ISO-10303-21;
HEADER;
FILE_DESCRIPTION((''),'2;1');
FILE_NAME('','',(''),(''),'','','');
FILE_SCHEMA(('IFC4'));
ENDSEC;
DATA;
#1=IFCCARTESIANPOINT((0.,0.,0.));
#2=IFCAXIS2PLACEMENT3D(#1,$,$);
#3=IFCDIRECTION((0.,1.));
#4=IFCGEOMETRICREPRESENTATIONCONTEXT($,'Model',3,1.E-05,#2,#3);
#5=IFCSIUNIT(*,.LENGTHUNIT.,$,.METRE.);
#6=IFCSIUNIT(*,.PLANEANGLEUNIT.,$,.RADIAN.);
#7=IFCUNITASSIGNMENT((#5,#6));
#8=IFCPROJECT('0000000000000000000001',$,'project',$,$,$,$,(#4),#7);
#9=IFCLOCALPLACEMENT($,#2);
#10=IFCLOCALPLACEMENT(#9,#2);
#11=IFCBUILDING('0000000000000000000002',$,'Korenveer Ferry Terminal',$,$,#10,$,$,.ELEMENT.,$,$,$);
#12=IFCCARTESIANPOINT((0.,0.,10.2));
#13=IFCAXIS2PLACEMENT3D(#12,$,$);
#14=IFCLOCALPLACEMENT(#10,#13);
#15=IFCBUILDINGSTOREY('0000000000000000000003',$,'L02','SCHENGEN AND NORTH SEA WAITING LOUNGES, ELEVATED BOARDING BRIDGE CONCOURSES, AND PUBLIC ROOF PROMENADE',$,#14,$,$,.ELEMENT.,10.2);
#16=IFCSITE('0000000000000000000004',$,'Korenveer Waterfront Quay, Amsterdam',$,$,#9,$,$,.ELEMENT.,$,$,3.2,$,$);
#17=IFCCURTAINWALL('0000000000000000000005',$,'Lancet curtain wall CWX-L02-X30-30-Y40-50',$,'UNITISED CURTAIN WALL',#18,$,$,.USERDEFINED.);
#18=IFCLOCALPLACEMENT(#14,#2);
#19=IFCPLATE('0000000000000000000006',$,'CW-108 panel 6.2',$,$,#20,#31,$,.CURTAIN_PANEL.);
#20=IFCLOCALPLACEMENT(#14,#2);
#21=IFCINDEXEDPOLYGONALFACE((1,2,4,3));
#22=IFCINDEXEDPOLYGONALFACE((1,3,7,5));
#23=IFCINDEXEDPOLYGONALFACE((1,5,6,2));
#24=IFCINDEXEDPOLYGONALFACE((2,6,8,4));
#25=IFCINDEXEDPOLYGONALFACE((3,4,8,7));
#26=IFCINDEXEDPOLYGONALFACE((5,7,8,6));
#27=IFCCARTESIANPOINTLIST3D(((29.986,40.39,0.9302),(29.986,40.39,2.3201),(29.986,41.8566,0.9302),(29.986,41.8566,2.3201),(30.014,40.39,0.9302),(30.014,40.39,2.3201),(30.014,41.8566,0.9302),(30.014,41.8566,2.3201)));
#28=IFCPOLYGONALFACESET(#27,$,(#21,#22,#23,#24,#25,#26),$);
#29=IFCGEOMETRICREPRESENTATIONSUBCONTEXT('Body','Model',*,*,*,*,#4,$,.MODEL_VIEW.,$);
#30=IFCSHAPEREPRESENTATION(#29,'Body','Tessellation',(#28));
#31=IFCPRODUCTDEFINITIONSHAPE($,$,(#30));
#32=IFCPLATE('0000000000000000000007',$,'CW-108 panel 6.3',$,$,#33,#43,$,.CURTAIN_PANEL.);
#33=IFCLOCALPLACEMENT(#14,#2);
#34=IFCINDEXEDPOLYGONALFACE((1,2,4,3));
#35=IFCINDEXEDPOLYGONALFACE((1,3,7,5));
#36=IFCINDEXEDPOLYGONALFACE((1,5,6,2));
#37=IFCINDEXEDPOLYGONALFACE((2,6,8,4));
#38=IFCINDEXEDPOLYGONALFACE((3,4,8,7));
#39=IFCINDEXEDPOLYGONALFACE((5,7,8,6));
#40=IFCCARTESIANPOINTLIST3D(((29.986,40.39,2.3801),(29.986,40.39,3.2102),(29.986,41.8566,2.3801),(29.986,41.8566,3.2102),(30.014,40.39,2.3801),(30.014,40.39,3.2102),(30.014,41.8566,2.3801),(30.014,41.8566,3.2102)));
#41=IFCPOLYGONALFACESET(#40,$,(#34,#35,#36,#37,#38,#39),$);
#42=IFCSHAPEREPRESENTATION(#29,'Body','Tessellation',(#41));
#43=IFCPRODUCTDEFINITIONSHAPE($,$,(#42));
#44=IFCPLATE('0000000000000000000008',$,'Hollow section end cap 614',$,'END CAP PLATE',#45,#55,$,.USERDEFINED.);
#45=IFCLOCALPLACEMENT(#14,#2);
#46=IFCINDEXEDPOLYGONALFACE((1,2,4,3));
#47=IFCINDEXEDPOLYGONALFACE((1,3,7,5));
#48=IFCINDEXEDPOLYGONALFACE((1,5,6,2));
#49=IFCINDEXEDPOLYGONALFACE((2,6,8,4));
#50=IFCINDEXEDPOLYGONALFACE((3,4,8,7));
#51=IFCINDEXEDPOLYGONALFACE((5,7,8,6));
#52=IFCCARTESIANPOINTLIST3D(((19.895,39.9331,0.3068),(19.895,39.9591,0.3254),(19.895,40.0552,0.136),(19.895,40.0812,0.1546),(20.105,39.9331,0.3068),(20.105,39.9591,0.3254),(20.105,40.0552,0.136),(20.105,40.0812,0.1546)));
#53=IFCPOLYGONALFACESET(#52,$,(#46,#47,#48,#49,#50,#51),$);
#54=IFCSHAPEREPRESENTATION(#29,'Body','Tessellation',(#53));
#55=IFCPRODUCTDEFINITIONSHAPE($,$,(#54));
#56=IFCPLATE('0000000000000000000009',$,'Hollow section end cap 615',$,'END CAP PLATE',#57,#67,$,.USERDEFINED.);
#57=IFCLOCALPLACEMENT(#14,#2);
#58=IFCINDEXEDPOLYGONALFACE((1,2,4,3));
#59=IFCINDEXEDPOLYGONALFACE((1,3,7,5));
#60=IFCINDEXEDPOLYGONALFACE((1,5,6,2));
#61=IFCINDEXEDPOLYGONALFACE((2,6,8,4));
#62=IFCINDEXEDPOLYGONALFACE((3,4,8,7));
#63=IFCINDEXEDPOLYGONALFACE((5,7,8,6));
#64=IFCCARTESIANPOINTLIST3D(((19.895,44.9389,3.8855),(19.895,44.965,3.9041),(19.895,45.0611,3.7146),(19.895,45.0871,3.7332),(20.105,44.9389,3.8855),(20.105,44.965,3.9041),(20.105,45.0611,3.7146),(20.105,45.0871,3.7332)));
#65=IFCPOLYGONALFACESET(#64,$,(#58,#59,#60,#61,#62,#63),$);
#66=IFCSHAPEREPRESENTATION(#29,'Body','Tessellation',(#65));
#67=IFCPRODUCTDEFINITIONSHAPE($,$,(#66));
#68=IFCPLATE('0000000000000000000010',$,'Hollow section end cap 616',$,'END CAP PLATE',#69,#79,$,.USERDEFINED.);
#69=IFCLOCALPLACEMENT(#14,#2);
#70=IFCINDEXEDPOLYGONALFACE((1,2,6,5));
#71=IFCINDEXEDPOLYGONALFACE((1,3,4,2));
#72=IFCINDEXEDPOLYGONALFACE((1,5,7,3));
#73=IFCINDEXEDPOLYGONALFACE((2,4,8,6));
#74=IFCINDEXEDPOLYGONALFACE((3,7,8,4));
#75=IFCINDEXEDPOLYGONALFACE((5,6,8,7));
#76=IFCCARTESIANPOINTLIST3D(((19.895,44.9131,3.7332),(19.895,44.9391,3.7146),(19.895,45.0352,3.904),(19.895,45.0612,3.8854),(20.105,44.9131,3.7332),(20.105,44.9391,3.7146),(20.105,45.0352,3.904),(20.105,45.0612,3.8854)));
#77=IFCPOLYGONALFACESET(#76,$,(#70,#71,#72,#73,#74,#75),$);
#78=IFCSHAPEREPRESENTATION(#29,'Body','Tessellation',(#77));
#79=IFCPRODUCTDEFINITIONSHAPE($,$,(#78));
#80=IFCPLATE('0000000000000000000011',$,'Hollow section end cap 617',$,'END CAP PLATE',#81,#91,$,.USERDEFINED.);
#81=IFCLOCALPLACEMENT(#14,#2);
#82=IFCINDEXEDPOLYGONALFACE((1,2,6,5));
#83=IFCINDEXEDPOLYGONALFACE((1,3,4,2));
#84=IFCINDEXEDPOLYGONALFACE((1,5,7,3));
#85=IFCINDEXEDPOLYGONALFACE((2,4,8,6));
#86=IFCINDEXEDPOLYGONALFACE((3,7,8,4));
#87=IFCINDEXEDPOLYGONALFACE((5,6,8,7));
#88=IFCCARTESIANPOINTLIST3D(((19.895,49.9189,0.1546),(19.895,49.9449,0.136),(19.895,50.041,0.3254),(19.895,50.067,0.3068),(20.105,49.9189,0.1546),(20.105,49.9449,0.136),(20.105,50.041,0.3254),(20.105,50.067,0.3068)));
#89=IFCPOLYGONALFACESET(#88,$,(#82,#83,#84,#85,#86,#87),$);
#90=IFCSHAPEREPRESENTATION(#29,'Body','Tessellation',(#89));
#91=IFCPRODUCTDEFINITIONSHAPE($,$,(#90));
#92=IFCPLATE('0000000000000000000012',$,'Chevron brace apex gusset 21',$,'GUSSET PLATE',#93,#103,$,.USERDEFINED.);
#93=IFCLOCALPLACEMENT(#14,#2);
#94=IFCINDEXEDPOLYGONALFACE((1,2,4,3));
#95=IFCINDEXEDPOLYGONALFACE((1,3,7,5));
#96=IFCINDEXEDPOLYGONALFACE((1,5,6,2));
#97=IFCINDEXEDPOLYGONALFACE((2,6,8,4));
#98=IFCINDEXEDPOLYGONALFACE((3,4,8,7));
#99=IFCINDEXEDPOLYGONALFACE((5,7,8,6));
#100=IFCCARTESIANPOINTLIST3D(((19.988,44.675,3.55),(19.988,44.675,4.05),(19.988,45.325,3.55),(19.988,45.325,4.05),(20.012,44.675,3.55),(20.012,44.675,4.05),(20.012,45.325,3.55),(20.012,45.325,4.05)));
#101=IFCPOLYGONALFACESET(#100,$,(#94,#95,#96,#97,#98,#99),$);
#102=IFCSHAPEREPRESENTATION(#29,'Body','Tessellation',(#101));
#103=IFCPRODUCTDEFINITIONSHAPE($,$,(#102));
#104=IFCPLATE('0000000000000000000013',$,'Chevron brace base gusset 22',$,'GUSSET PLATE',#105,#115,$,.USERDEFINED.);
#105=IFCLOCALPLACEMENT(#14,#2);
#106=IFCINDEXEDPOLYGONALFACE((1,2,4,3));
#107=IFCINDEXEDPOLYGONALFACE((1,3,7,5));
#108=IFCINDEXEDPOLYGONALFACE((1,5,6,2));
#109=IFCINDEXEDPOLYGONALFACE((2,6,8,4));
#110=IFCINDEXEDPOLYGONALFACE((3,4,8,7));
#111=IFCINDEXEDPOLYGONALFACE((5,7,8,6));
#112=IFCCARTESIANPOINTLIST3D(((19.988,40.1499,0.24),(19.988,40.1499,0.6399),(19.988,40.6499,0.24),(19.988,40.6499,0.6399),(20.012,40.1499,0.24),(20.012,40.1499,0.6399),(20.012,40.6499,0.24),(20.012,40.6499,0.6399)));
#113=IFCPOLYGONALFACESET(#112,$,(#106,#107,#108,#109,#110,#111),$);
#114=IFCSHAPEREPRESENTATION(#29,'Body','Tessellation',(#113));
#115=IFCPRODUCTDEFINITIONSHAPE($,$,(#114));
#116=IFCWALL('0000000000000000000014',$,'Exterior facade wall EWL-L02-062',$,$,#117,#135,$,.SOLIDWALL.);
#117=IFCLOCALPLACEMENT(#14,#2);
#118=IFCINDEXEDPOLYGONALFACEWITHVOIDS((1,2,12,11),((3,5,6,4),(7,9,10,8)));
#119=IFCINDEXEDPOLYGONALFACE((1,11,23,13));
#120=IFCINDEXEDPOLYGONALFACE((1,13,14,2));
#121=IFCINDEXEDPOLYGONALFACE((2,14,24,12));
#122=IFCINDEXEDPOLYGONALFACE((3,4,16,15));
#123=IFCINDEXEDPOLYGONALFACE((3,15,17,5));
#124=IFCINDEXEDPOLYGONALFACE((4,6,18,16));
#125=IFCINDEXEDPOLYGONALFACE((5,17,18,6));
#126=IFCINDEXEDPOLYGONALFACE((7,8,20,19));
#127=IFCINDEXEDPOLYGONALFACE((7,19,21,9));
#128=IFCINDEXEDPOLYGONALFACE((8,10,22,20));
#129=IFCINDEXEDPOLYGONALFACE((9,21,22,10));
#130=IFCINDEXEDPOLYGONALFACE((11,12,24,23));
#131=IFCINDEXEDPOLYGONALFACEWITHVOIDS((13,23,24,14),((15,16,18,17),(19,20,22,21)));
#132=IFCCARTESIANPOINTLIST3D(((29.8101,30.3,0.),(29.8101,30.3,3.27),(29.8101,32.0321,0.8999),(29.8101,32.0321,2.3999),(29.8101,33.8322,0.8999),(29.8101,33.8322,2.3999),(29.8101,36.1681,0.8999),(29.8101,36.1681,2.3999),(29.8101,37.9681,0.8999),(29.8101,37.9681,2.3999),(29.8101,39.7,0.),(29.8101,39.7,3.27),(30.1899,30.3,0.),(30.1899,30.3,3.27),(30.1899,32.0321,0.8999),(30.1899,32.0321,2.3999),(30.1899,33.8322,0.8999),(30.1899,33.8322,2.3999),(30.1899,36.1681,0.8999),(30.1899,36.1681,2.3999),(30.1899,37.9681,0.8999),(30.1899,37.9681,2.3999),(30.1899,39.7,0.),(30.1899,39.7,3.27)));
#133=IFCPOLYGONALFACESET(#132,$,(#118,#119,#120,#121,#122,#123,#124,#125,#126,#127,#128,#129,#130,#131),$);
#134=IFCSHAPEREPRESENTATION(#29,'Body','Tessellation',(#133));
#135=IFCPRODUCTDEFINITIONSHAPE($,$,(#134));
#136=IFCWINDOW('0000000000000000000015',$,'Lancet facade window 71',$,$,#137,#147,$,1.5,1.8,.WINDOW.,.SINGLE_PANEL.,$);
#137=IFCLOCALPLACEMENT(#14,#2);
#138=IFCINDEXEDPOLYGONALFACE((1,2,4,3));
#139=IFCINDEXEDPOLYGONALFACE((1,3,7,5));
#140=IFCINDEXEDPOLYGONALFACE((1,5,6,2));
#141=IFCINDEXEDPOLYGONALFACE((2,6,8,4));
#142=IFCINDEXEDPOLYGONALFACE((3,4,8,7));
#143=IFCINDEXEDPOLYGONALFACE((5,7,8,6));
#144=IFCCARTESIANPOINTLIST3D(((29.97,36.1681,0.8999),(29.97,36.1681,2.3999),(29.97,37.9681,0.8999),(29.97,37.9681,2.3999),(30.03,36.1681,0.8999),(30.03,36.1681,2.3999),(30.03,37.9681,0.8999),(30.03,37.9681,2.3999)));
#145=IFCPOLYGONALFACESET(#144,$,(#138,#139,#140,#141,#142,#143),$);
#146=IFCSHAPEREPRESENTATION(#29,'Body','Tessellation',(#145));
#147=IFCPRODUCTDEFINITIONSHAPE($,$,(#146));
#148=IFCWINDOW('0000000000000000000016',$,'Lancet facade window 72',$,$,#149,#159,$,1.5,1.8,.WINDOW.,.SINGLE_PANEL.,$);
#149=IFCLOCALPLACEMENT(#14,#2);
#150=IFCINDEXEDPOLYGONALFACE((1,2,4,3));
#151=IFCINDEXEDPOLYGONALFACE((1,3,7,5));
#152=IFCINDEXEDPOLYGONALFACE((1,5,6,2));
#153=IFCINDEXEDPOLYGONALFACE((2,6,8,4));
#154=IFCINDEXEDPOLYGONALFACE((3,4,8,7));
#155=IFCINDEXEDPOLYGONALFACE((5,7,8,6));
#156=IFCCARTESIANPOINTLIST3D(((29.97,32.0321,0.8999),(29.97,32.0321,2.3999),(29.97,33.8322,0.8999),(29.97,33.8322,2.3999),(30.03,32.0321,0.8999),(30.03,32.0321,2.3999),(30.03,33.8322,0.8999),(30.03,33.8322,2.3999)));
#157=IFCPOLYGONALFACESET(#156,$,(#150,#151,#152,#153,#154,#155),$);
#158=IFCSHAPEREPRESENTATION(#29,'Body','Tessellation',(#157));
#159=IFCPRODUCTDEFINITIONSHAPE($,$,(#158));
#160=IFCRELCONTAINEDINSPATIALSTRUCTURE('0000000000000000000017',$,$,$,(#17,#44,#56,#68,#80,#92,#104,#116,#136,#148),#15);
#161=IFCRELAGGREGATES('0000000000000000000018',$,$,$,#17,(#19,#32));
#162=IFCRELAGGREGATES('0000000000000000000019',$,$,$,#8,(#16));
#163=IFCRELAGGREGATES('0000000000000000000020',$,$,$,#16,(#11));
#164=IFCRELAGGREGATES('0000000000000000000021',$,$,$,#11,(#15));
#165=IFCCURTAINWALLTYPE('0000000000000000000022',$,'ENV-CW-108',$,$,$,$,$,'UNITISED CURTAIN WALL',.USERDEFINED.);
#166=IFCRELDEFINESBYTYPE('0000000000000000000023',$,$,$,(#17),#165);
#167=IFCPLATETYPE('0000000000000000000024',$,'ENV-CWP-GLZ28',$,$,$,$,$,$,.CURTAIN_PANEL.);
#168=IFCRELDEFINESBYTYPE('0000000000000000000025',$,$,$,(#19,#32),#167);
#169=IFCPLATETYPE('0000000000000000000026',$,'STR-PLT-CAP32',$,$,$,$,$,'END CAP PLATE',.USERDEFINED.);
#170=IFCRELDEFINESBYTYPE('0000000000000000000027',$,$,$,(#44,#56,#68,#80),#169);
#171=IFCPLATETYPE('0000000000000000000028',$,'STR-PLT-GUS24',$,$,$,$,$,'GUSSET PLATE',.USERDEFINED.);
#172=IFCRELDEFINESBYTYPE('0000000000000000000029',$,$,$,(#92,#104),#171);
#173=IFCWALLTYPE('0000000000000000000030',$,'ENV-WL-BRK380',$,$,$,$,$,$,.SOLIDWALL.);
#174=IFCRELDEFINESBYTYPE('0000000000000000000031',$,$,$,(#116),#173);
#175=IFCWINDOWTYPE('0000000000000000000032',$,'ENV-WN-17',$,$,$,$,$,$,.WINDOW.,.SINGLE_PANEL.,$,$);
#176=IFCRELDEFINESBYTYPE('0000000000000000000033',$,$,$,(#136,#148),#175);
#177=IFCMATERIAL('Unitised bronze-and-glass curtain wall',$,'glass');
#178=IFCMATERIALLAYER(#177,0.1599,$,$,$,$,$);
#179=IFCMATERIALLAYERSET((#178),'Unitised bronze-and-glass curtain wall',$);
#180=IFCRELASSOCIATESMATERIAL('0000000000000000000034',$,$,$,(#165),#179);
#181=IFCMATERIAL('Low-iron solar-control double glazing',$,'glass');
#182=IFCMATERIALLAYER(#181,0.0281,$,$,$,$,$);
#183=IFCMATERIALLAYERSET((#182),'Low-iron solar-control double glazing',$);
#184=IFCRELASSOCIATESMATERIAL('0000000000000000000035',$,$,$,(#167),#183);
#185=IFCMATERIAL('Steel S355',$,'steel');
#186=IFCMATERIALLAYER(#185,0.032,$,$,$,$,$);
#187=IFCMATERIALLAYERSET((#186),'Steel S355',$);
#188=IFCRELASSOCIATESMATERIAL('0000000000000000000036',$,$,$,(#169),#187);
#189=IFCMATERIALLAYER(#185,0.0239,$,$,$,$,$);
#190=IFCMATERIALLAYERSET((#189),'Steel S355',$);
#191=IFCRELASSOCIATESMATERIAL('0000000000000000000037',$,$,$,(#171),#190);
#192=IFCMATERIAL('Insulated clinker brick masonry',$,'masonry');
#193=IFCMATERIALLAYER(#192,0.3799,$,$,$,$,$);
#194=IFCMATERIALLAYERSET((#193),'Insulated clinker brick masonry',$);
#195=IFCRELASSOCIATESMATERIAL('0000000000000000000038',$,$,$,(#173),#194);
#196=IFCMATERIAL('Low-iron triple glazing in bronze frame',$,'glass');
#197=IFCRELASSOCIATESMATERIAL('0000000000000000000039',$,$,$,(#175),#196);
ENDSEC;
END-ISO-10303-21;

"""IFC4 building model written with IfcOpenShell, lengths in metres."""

from ifc_helpers import new_model, si_unit, direction, frame, frame_2d, origin, origin_2d, place, context, subcontext, project, spatial, rectangle, extrude, material, layer, layer_set, type_object, element, fill, aggregate, save


model = new_model("IFC4")

# Units and contexts
model_context = context("Model", 3, precision=1e-05, world=origin(), true_north=direction((0.0, 1.0)))
body_context = subcontext(model_context, "Body", "Model", "MODEL_VIEW")
ifc_project = project(units=[si_unit("LENGTHUNIT", "METRE"), si_unit("PLANEANGLEUNIT", "RADIAN")], contexts=[model_context])

# Site, building, storey
site_placement = place(None, origin())
site = spatial("IfcSite", under=ifc_project, at=site_placement, Name="Korenveer Waterfront Quay, Amsterdam", CompositionType="ELEMENT", RefElevation=3.2)
building_placement = place(site_placement, origin())
building = spatial("IfcBuilding", under=site, at=building_placement, Name="Korenveer Ferry Terminal", CompositionType="ELEMENT")
storey_placement = place(building_placement, frame((0.0, 0.0, 10.2)))
storey = spatial("IfcBuildingStorey", under=building, at=storey_placement, Name="L02", Description="SCHENGEN AND NORTH SEA WAITING LOUNGES, ELEVATED BOARDING BRIDGE CONCOURSES, AND PUBLIC ROOF PROMENADE", CompositionType="ELEMENT", Elevation=10.2)

# Curtain wall
ifc_material_1 = material(Name="Unitised bronze-and-glass curtain wall", Category="glass")
ifc_layer_1 = layer(ifc_material_1, 0.1599)
ifc_layer_set_1 = layer_set([ifc_layer_1], Name="Unitised bronze-and-glass curtain wall")
curtain_wall_type = type_object("IfcCurtainWallType", Name="ENV-CW-108", ElementType="UNITISED CURTAIN WALL", PredefinedType="USERDEFINED", material=ifc_layer_set_1)
curtain_wall_placement = place(storey_placement, frame((30.0, 49.6699, 0.0)))
curtain_wall = element("IfcCurtainWall", 1, at=curtain_wall_placement, inside=storey, type_object=curtain_wall_type, Name="Lancet curtain wall CWX-L02-X30-30-Y40-50", ObjectType="UNITISED CURTAIN WALL", PredefinedType="USERDEFINED")

# Shared definitions
ifc_material_2 = material(Name="Steel S355", Category="steel")

# Plates
ifc_material_3 = material(Name="Low-iron solar-control double glazing", Category="glass")
ifc_layer_2 = layer(ifc_material_3, 0.0281)
ifc_layer_set_2 = layer_set([ifc_layer_2], Name="Low-iron solar-control double glazing")
plate_type_1 = type_object("IfcPlateType", Name="ENV-CWP-GLZ28", PredefinedType="CURTAIN_PANEL", material=ifc_layer_set_2)
plate_1_placement = place(storey_placement, frame((30.0, 41.1233, 0.9302), z_axis=(0.0, 0.0, 1.0), x_axis=(0.0, -1.0, 0.0)))
plate_1 = element("IfcPlate", 2, at=plate_1_placement, type_object=plate_type_1, Name="CW-108 panel 6.2", PredefinedType="CURTAIN_PANEL", context=body_context, shape_type="SweptSolid", body=[
    extrude(rectangle(XDim=1.4666, YDim=0.0281, at=origin_2d()), origin(), (0.0, 0.0, 1.0), 1.3899),
])
plate_2_placement = place(storey_placement, frame((30.0, 41.1233, 2.3801), z_axis=(0.0, 0.0, 1.0), x_axis=(0.0, -1.0, 0.0)))
plate_2 = element("IfcPlate", 3, at=plate_2_placement, type_object=plate_type_1, Name="CW-108 panel 6.3", PredefinedType="CURTAIN_PANEL", context=body_context, shape_type="SweptSolid", body=[
    extrude(rectangle(XDim=1.4666, YDim=0.0281, at=origin_2d()), origin(), (0.0, 0.0, 1.0), 0.8301),
])
aggregate(curtain_wall, [plate_1, plate_2])

# Plates
ifc_layer_3 = layer(ifc_material_2, 0.032)
ifc_layer_set_3 = layer_set([ifc_layer_3], Name="Steel S355")
plate_type_2 = type_object("IfcPlateType", Name="STR-PLT-CAP32", ElementType="END CAP PLATE", PredefinedType="USERDEFINED", material=ifc_layer_set_3)
for number, where, z_axis, x_axis, name in (
    (4, (20.0, 39.9941, 0.2214), (0.0, 0.813513, 0.581547), (-1.0, 0.0, 0.0), "Hollow section end cap 614"),
    (5, (20.0, 45.0, 3.8), (0.0, 0.813513, 0.581547), (-1.0, 0.0, 0.0), "Hollow section end cap 615"),
    (6, (20.0, 44.9741, 3.8186), (0.0, 0.813513, -0.581547), (-1.0, 0.0, 0.0), "Hollow section end cap 616"),
    (7, (20.0, 49.98, 0.24), (0.0, 0.813513, -0.581547), (-1.0, 0.0, 0.0), "Hollow section end cap 617"),
):
    element("IfcPlate", number, at=place(storey_placement, frame(where, z_axis=z_axis, x_axis=x_axis)), inside=storey, type_object=plate_type_2, Name=name, ObjectType="END CAP PLATE", PredefinedType="USERDEFINED", context=body_context, shape_type="SweptSolid", body=[
        extrude(rectangle(XDim=0.21, YDim=0.21, at=origin_2d()), origin(), (0.0, 0.0, 1.0), 0.032),
    ])
ifc_layer_4 = layer(ifc_material_2, 0.0239)
ifc_layer_set_4 = layer_set([ifc_layer_4], Name="Steel S355")
plate_type_3 = type_object("IfcPlateType", Name="STR-PLT-GUS24", ElementType="GUSSET PLATE", PredefinedType="USERDEFINED", material=ifc_layer_set_4)
plate_3_placement = place(storey_placement, frame((20.0, 45.0, 3.55), z_axis=(0.0, 0.0, 1.0), x_axis=(1.0, 0.0, 0.0)))
element("IfcPlate", 8, at=plate_3_placement, inside=storey, type_object=plate_type_3, Name="Chevron brace apex gusset 21", ObjectType="GUSSET PLATE", PredefinedType="USERDEFINED", context=body_context, shape_type="SweptSolid", body=[
    extrude(rectangle(XDim=0.0239, YDim=0.6499, at=origin_2d()), origin(), (0.0, 0.0, 1.0), 0.5),
])
plate_4_placement = place(storey_placement, frame((20.0, 40.3999, 0.24), z_axis=(0.0, 0.0, 1.0), x_axis=(1.0, 0.0, 0.0)))
element("IfcPlate", 9, at=plate_4_placement, inside=storey, type_object=plate_type_3, Name="Chevron brace base gusset 22", ObjectType="GUSSET PLATE", PredefinedType="USERDEFINED", context=body_context, shape_type="SweptSolid", body=[
    extrude(rectangle(XDim=0.0239, YDim=0.5, at=origin_2d()), origin(), (0.0, 0.0, 1.0), 0.3999),
])

# Wall, openings, windows
ifc_material_4 = material(Name="Insulated clinker brick masonry", Category="masonry")
ifc_layer_5 = layer(ifc_material_4, 0.3799)
ifc_layer_set_5 = layer_set([ifc_layer_5], Name="Insulated clinker brick masonry")
wall_type = type_object("IfcWallType", Name="ENV-WL-BRK380", PredefinedType="SOLIDWALL", material=ifc_layer_set_5)
wall_placement = place(storey_placement, frame((30.0, 39.7, 0.0), z_axis=(0.0, 0.0, 1.0), x_axis=(0.0, -1.0, 0.0)))
wall = element("IfcWall", 10, at=wall_placement, inside=storey, type_object=wall_type, Name="Exterior facade wall EWL-L02-062", PredefinedType="SOLIDWALL", context=body_context, shape_type="SweptSolid", body=[
    extrude(rectangle(XDim=9.3999, YDim=0.3799, at=frame_2d((4.7, 0.0))), origin(), (0.0, 0.0, 1.0), 3.27),
])
opening_1_placement = place(wall_placement, frame((1.7319, 0.0, 0.8999)))
opening_1 = element("IfcOpeningElement", 11, at=opening_1_placement, cuts=wall, PredefinedType="OPENING", context=body_context, shape_type="SweptSolid", body=[
    extrude(rectangle(XDim=1.8, YDim=1.5, at=frame_2d((0.8999, 0.75))), frame((0.0, 0.2, 0.0), z_axis=(0.0, -1.0, 0.0), x_axis=(1.0, 0.0, 0.0)), (0.0, 0.0, 1.0), 0.3999),
])
opening_2_placement = place(wall_placement, frame((5.8679, 0.0, 0.8999)))
opening_2 = element("IfcOpeningElement", 12, at=opening_2_placement, cuts=wall, PredefinedType="OPENING", context=body_context, shape_type="SweptSolid", body=[
    extrude(rectangle(XDim=1.8, YDim=1.5, at=frame_2d((0.8999, 0.75))), frame((0.0, 0.2, 0.0), z_axis=(0.0, -1.0, 0.0), x_axis=(1.0, 0.0, 0.0)), (0.0, 0.0, 1.0), 0.3999),
])
ifc_material_5 = material(Name="Low-iron triple glazing in bronze frame", Category="glass")
window_type = type_object("IfcWindowType", Name="ENV-WN-17", PartitioningType="SINGLE_PANEL", PredefinedType="WINDOW", material=ifc_material_5)
window_1_placement = place(opening_1_placement, origin())
window_1 = element("IfcWindow", 13, at=window_1_placement, inside=storey, type_object=window_type, Name="Lancet facade window 71", OverallHeight=1.5, OverallWidth=1.8, PartitioningType="SINGLE_PANEL", PredefinedType="WINDOW", context=body_context, shape_type="SweptSolid", body=[
    extrude(rectangle(XDim=1.8, YDim=1.5, at=frame_2d((0.8999, 0.75))), frame((0.0, 0.03, 0.0), z_axis=(0.0, -1.0, 0.0), x_axis=(1.0, 0.0, 0.0)), (0.0, 0.0, 1.0), 0.0601),
])
fill(opening_1, window_1)
window_2_placement = place(opening_2_placement, origin())
window_2 = element("IfcWindow", 14, at=window_2_placement, inside=storey, type_object=window_type, Name="Lancet facade window 72", OverallHeight=1.5, OverallWidth=1.8, PartitioningType="SINGLE_PANEL", PredefinedType="WINDOW", context=body_context, shape_type="SweptSolid", body=[
    extrude(rectangle(XDim=1.8, YDim=1.5, at=frame_2d((0.8999, 0.75))), frame((0.0, 0.03, 0.0), z_axis=(0.0, -1.0, 0.0), x_axis=(1.0, 0.0, 0.0)), (0.0, 0.0, 1.0), 0.0601),
])
fill(opening_2, window_2)

save(model, "model.ifc")
